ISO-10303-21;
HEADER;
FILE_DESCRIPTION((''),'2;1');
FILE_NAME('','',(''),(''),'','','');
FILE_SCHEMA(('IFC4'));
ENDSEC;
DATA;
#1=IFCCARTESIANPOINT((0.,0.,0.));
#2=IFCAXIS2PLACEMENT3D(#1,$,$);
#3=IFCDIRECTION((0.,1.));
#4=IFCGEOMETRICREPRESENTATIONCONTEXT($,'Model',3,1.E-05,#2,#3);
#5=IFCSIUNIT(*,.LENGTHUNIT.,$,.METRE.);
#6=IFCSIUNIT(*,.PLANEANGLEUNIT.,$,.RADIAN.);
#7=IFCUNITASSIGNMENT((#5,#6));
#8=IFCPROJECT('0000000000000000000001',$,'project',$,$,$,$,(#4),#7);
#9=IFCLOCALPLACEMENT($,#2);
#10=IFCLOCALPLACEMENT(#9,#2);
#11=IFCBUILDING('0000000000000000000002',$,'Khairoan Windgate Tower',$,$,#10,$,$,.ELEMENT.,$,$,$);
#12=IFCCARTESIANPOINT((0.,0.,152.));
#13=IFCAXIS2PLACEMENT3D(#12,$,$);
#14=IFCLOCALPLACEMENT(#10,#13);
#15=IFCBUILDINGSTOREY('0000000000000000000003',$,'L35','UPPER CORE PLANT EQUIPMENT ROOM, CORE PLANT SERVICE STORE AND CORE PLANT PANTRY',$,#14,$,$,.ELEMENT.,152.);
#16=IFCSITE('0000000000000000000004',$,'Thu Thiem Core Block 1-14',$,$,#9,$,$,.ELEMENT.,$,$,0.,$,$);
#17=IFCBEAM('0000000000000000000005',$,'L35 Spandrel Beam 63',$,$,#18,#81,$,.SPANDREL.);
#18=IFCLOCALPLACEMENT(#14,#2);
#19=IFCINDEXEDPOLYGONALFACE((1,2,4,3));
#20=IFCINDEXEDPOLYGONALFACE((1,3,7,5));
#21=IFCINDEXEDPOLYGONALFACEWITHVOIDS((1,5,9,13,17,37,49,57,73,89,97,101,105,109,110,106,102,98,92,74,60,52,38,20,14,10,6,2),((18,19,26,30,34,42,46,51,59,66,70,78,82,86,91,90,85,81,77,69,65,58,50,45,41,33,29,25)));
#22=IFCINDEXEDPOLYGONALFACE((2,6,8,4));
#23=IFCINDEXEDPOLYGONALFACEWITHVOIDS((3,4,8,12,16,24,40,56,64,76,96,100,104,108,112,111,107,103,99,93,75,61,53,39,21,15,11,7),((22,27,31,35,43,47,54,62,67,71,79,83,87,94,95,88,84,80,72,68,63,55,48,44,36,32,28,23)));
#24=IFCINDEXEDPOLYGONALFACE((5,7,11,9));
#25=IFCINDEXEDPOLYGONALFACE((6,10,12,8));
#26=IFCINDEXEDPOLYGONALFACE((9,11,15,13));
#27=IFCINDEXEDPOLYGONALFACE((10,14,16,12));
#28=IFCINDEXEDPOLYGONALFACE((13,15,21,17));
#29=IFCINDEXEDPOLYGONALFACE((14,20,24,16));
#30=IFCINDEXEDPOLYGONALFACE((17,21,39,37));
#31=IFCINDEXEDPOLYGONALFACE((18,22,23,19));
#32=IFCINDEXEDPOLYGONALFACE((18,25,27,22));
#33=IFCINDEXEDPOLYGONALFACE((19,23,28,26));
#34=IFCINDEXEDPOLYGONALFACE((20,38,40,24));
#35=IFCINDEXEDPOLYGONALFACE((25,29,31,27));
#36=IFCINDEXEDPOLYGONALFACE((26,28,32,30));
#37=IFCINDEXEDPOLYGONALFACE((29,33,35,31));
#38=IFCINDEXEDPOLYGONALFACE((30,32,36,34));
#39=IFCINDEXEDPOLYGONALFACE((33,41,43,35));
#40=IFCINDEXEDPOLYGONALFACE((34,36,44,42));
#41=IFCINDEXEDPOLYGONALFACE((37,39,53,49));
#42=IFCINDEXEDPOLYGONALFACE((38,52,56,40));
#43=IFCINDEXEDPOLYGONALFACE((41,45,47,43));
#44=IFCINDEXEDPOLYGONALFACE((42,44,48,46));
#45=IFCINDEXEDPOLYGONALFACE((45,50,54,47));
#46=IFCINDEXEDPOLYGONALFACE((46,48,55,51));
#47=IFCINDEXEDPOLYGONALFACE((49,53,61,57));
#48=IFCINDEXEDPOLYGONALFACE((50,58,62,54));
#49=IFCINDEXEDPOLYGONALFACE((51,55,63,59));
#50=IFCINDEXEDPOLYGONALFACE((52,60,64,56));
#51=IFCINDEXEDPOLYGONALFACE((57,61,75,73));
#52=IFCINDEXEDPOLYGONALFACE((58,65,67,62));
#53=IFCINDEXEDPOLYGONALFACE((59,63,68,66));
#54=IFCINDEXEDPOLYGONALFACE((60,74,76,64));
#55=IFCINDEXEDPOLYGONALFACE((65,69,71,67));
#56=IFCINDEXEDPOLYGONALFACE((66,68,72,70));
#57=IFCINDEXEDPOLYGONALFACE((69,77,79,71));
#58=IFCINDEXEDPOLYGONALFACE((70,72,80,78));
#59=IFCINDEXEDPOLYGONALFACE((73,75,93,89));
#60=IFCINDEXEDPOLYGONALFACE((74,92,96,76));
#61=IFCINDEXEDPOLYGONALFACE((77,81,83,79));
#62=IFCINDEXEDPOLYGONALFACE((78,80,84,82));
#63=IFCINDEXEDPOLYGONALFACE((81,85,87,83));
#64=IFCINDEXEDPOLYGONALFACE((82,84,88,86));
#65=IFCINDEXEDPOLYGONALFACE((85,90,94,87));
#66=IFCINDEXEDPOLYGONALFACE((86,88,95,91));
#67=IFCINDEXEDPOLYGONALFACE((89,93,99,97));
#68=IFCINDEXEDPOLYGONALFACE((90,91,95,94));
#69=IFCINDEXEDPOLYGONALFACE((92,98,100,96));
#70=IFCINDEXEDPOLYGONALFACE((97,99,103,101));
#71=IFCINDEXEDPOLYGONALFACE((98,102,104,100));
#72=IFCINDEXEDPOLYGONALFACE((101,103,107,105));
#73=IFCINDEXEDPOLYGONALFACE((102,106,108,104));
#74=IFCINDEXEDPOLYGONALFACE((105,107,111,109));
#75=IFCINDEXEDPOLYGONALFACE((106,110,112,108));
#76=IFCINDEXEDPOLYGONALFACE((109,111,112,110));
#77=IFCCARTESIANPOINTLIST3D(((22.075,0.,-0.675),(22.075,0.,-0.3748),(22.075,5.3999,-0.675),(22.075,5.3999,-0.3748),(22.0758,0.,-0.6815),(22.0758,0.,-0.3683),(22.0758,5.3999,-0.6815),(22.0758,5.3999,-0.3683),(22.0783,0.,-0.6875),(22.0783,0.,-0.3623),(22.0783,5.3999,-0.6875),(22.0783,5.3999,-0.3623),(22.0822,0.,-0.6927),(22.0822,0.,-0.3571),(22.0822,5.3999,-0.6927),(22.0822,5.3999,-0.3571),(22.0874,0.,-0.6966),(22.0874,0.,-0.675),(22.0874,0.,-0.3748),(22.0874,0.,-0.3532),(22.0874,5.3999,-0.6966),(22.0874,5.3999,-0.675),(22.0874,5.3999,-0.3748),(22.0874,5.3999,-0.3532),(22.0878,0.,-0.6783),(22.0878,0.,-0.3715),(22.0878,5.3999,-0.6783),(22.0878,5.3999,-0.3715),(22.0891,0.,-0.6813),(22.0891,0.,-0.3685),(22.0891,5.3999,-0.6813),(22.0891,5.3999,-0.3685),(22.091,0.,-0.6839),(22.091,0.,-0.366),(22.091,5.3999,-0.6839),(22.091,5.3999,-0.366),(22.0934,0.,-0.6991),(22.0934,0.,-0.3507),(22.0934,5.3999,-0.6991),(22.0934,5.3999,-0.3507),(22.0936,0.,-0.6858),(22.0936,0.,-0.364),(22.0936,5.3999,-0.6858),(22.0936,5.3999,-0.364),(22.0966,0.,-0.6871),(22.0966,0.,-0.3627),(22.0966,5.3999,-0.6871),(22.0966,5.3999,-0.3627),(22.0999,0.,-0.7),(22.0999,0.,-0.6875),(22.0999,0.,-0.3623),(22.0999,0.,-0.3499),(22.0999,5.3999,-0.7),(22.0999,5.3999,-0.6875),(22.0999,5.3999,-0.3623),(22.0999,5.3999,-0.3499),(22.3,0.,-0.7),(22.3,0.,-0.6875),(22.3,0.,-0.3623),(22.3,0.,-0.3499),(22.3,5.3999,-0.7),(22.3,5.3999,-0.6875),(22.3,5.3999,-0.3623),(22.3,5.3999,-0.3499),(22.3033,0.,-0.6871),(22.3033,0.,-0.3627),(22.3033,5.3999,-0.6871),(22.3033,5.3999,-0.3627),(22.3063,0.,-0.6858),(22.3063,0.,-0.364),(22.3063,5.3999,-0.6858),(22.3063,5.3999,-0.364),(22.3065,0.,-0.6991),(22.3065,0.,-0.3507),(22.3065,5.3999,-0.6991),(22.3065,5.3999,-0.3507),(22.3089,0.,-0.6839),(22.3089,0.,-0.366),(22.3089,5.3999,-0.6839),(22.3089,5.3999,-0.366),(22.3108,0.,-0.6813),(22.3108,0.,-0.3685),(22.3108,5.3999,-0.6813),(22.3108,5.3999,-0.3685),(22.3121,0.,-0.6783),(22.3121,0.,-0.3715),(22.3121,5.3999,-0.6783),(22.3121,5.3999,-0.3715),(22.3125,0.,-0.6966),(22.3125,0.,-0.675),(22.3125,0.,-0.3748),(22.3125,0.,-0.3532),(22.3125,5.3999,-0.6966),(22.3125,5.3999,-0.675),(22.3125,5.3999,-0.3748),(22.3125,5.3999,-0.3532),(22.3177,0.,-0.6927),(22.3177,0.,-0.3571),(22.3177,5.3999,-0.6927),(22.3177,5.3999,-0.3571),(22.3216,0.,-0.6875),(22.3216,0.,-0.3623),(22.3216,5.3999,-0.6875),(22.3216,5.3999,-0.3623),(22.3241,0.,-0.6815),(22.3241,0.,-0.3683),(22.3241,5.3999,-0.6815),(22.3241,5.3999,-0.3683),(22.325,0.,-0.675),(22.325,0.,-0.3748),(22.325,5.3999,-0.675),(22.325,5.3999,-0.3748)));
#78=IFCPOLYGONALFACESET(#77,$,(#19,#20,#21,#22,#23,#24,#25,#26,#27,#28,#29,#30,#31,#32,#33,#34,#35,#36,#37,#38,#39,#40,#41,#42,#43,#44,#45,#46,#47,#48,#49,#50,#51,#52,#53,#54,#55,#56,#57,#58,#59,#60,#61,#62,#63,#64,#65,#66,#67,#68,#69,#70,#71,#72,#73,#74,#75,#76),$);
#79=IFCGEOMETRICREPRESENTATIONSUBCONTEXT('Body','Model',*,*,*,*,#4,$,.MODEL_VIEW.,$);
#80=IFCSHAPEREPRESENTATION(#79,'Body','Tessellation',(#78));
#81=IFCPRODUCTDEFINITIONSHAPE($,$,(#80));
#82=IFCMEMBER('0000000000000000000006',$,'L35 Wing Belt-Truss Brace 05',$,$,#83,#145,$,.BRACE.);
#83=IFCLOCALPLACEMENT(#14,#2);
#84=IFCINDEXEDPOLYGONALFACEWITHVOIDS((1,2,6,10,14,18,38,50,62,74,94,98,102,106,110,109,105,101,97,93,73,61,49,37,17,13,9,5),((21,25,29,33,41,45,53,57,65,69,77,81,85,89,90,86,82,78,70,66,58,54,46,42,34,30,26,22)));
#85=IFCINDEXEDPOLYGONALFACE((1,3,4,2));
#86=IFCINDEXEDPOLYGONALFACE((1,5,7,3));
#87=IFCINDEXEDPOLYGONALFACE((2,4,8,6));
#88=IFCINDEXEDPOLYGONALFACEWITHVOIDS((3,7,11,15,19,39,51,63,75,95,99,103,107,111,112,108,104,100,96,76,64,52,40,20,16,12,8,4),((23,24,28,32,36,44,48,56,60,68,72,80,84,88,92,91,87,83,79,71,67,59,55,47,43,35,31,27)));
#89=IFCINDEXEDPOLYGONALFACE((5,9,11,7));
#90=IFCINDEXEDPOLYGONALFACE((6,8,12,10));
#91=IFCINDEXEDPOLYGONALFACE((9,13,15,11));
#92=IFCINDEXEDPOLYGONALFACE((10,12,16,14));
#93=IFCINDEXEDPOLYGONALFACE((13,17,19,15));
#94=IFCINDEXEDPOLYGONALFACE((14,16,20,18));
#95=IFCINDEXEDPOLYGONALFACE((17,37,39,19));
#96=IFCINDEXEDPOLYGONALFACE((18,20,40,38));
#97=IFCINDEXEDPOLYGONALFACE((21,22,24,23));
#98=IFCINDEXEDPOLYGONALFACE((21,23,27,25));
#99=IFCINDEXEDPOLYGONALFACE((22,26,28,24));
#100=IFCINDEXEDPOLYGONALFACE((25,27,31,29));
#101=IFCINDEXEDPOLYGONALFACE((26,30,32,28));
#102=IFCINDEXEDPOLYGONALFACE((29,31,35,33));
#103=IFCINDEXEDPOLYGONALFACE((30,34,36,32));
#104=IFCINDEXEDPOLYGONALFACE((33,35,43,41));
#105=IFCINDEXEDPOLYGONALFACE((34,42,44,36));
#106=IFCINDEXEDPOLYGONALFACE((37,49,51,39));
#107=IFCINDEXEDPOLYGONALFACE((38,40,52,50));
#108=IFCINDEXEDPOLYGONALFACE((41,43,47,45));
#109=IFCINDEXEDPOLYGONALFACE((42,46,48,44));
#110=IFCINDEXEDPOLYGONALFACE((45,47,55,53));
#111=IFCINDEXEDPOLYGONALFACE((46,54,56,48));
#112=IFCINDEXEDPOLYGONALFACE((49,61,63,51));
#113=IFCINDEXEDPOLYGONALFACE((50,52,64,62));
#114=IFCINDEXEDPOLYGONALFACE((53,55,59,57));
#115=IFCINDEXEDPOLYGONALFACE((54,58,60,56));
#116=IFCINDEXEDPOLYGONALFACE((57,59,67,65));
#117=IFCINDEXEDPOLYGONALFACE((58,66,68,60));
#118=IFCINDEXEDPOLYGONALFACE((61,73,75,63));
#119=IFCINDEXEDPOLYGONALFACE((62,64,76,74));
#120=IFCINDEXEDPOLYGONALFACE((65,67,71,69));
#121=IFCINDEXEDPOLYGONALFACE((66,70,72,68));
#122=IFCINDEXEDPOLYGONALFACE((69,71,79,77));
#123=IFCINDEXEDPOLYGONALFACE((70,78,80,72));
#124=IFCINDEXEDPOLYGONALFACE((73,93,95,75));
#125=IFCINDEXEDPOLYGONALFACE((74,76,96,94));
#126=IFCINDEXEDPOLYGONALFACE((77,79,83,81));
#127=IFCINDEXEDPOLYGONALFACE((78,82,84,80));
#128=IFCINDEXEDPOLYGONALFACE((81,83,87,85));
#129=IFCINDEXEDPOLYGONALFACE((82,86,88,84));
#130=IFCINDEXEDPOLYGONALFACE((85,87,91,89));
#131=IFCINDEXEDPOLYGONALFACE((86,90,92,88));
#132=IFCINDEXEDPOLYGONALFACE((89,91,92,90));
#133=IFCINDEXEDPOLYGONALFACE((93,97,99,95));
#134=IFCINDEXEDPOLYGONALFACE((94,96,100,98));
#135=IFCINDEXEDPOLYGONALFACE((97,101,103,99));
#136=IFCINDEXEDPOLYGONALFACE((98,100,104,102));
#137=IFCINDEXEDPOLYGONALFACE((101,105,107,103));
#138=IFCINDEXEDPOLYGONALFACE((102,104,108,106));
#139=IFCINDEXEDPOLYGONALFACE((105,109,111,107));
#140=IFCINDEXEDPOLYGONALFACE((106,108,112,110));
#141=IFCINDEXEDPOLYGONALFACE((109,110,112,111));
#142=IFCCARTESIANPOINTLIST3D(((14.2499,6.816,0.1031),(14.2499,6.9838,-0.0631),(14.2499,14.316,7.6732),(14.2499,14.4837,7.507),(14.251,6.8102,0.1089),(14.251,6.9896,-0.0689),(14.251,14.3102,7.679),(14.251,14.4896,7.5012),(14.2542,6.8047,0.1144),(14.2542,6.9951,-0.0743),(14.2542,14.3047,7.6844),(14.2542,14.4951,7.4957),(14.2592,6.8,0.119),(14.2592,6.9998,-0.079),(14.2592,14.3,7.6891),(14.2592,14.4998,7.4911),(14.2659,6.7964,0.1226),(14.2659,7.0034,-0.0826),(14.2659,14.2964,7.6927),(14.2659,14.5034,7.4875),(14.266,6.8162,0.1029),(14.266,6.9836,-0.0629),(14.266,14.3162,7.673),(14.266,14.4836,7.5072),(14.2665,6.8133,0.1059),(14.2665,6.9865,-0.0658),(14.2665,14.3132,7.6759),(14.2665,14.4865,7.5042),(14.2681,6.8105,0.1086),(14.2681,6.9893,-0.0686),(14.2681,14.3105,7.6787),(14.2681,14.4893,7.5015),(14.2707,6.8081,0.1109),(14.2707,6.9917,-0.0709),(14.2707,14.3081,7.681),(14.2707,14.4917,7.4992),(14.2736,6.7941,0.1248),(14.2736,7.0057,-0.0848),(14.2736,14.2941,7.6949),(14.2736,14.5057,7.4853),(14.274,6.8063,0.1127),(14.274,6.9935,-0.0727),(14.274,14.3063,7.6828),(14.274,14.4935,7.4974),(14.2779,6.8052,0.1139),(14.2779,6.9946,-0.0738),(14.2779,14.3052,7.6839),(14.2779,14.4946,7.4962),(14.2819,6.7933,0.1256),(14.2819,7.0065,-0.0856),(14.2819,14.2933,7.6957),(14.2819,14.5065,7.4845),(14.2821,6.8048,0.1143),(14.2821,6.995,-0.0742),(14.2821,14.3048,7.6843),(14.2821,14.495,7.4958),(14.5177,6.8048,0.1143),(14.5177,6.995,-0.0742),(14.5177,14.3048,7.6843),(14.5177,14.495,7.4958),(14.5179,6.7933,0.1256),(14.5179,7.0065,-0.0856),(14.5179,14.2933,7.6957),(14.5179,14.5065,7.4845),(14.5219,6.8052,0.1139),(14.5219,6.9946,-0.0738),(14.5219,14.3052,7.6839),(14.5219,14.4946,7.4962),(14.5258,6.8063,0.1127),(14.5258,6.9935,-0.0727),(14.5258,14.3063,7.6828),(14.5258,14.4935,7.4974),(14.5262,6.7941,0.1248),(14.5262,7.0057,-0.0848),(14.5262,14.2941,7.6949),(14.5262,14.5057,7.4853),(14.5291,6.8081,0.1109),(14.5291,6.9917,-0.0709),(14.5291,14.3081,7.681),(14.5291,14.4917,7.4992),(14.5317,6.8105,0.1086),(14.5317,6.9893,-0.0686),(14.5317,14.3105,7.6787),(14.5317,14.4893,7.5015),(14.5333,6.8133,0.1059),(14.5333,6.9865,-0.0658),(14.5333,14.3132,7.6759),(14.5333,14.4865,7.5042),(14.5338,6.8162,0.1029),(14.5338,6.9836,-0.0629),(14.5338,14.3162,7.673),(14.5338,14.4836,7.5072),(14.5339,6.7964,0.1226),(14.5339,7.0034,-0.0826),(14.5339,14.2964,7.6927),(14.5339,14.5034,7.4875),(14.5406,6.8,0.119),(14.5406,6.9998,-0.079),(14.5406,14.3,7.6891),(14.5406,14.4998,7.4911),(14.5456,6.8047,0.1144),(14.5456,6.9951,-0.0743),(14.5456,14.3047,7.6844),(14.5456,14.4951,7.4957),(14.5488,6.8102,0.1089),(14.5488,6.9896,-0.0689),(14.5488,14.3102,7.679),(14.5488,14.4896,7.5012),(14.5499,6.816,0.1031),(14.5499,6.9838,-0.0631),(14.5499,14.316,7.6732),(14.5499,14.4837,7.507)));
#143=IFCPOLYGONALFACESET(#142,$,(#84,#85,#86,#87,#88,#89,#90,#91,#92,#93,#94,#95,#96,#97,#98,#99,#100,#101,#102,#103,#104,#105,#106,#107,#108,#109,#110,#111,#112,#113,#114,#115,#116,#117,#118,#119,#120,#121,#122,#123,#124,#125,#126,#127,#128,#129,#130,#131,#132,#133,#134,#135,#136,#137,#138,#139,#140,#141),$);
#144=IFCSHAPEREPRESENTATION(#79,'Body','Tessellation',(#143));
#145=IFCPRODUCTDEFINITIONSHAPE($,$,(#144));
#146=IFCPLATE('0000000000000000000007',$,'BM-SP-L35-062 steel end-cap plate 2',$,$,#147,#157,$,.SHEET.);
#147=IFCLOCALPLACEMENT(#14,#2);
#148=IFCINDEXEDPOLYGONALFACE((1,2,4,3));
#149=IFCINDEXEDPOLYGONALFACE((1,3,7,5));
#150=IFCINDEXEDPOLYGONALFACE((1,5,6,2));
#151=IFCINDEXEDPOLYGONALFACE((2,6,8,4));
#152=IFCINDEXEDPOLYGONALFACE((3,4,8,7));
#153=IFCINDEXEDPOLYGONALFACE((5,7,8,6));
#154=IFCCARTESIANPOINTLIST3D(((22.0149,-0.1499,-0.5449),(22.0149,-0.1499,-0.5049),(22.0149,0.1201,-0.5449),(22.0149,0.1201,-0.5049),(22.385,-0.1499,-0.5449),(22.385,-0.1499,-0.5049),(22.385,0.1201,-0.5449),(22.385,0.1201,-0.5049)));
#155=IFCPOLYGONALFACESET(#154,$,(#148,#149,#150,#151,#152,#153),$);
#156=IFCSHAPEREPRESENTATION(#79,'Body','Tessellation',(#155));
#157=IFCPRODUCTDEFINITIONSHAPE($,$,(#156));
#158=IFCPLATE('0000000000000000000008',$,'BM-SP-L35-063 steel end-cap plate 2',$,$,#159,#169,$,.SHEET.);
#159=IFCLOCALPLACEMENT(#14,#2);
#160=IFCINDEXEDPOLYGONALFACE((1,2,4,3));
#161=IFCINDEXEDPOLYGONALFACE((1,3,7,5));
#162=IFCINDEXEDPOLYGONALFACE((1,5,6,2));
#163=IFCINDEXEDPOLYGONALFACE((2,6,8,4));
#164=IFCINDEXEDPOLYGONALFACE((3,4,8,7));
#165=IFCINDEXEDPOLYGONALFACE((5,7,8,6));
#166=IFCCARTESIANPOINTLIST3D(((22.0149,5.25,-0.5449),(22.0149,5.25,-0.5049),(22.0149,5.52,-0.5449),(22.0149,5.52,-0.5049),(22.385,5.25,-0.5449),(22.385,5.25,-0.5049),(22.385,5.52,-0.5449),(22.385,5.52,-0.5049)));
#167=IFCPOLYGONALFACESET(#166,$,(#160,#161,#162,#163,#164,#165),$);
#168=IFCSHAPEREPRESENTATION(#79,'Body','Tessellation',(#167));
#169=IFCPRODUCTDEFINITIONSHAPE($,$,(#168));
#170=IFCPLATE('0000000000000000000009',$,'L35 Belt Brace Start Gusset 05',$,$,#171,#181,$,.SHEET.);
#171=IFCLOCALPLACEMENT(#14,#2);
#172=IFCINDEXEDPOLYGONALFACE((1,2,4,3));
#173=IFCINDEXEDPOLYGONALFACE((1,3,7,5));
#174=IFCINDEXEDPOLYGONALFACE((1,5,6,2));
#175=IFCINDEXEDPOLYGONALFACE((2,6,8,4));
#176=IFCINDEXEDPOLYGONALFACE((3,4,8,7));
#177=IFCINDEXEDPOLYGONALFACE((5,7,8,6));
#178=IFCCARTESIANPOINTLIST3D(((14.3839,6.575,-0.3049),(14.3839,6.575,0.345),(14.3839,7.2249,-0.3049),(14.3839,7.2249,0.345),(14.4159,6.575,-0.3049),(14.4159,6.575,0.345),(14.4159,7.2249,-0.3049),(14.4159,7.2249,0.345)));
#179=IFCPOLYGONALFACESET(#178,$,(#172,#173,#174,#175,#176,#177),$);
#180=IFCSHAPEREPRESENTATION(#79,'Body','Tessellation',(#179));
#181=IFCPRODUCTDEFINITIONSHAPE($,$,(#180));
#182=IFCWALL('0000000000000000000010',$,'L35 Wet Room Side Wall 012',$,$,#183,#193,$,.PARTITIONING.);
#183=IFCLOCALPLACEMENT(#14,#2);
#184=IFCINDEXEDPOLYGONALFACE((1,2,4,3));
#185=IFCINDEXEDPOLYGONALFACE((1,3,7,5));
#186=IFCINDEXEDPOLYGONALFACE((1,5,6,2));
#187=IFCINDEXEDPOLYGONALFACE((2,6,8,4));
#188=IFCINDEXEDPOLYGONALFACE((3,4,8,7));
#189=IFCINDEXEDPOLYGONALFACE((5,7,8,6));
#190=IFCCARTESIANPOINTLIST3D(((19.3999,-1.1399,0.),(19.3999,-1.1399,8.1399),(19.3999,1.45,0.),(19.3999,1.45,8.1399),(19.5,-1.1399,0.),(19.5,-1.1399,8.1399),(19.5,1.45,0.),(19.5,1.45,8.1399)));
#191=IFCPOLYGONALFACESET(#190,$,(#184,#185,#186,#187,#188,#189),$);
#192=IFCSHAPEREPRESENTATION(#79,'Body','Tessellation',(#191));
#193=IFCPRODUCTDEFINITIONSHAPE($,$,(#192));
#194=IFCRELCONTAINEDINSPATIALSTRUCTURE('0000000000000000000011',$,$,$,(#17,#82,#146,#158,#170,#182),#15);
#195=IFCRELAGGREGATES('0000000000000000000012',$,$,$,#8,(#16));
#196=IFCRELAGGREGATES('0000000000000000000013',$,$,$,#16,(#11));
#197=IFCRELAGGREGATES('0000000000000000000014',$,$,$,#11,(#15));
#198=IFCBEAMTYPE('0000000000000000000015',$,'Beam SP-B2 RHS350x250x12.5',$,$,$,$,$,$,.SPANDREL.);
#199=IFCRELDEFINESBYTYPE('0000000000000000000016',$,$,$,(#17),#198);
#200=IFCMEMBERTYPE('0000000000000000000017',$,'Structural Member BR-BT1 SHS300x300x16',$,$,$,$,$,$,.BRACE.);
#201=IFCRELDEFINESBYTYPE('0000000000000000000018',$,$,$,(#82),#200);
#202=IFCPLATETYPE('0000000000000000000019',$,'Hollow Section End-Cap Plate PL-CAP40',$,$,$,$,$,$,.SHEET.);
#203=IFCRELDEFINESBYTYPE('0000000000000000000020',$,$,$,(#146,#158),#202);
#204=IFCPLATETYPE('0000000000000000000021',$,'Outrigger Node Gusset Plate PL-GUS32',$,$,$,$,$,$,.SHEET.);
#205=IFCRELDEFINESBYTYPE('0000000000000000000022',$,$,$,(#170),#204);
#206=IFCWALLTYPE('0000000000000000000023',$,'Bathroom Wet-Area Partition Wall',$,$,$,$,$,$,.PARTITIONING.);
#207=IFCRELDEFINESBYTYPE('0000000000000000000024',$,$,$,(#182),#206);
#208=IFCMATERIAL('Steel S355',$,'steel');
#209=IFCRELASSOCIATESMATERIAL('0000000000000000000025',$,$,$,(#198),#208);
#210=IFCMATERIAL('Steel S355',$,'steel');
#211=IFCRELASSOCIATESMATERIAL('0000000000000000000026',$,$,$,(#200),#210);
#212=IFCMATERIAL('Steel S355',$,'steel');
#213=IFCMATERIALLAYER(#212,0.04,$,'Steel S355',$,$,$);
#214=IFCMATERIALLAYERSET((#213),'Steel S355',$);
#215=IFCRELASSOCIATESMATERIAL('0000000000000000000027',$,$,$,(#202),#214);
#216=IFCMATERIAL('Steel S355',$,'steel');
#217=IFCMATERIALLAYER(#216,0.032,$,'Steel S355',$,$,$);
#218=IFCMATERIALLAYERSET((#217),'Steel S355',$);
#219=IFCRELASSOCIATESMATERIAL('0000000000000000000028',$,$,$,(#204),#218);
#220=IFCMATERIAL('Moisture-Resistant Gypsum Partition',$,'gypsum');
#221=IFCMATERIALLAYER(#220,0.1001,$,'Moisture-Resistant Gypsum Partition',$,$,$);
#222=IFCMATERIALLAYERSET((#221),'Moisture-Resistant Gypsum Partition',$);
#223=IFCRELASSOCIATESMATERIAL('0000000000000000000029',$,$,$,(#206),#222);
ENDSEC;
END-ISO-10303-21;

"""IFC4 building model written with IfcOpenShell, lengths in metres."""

from ifc_helpers import new_model, si_unit, direction, frame, frame_2d, origin, origin_2d, place, context, subcontext, project, spatial, rectangle, hollow_rectangle, extrude, material, layer, layer_set, material_profile, profile_set, type_object, element, save


model = new_model("IFC4")

# Units and contexts
model_context = context("Model", 3, precision=1e-05, world=origin(), true_north=direction((0.0, 1.0)))
body_context = subcontext(model_context, "Body", "Model", "MODEL_VIEW")
ifc_project = project(units=[si_unit("LENGTHUNIT", "METRE"), si_unit("PLANEANGLEUNIT", "RADIAN")], contexts=[model_context])

# Site, building, storey
site_placement = place(None, origin())
site = spatial("IfcSite", under=ifc_project, at=site_placement, Name="Thu Thiem Core Block 1-14", CompositionType="ELEMENT", RefElevation=0.0)
building_placement = place(site_placement, origin())
building = spatial("IfcBuilding", under=site, at=building_placement, Name="Khairoan Windgate Tower", CompositionType="ELEMENT")
storey_placement = place(building_placement, frame((0.0, 0.0, 152.0)))
storey = spatial("IfcBuildingStorey", under=building, at=storey_placement, Name="L35", Description="UPPER CORE PLANT EQUIPMENT ROOM, CORE PLANT SERVICE STORE AND CORE PLANT PANTRY", CompositionType="ELEMENT", Elevation=152.0)

# Beam
ifc_material_1 = material(Name="Steel S355", Category="steel")
ifc_material_profile_1 = material_profile(ifc_material_1, hollow_rectangle(XDim=0.25, YDim=0.3501, WallThickness=0.0125, InnerFilletRadius=0.0125, OuterFilletRadius=0.0249, at=origin_2d()))
ifc_profile_set_1 = profile_set([ifc_material_profile_1], Name="Steel S355")
beam_type_1 = type_object("IfcBeamType", Name="Beam SP-B2 RHS350x250x12.5", PredefinedType="SPANDREL", material=ifc_profile_set_1)
beam_1_placement = place(storey_placement, frame((22.2, 0.0, -0.5249), z_axis=(0.0, 1.0, 0.0), x_axis=(-1.0, 0.0, 0.0)))
element("IfcBeam", 1, at=beam_1_placement, inside=storey, type_object=beam_type_1, Name="L35 Spandrel Beam 63", PredefinedType="SPANDREL", context=body_context, shape_type="SweptSolid", body=[
    extrude(hollow_rectangle(XDim=0.25, YDim=0.3501, WallThickness=0.0125, InnerFilletRadius=0.0125, OuterFilletRadius=0.0249, at=origin_2d()), origin(), (0.0, 0.0, 1.0), 5.3999),
])

# Member
ifc_material_2 = material(Name="Steel S355", Category="steel")
ifc_material_profile_2 = material_profile(ifc_material_2, hollow_rectangle(XDim=0.3, YDim=0.3, WallThickness=0.0161, InnerFilletRadius=0.0161, OuterFilletRadius=0.032, at=origin_2d()))
ifc_profile_set_2 = profile_set([ifc_material_profile_2], Name="Steel S355")
member_type = type_object("IfcMemberType", Name="Structural Member BR-BT1 SHS300x300x16", PredefinedType="BRACE", material=ifc_profile_set_2)
member_placement = place(storey_placement, frame((14.3999, 6.8999, 0.02), z_axis=(0.0, 0.703811, 0.710387), x_axis=(0.0, -0.710387, 0.703811)))
element("IfcMember", 2, at=member_placement, inside=storey, type_object=member_type, Name="L35 Wing Belt-Truss Brace 05", PredefinedType="BRACE", context=body_context, shape_type="SweptSolid", body=[
    extrude(hollow_rectangle(XDim=0.3, YDim=0.3, WallThickness=0.0161, InnerFilletRadius=0.0161, OuterFilletRadius=0.032, at=origin_2d()), origin(), (0.0, 0.0, 1.0), 10.6562),
])

# Plates
ifc_material_3 = material(Name="Steel S355", Category="steel")
ifc_layer_1 = layer(ifc_material_3, 0.04, Name="Steel S355")
ifc_layer_set_1 = layer_set([ifc_layer_1], Name="Steel S355")
plate_type_1 = type_object("IfcPlateType", Name="Hollow Section End-Cap Plate PL-CAP40", PredefinedType="SHEET", material=ifc_layer_set_1)
for number, where, z_axis, x_axis, name in (
    (3, (22.2, -0.0149, -0.5449), (0.0, 0.0, 1.0), (0.0, 1.0, 0.0), "BM-SP-L35-062 steel end-cap plate 2"),
    (4, (22.2, 5.385, -0.5449), (0.0, 0.0, 1.0), (0.0, 1.0, 0.0), "BM-SP-L35-063 steel end-cap plate 2"),
):
    element("IfcPlate", number, at=place(storey_placement, frame(where, z_axis=z_axis, x_axis=x_axis)), inside=storey, type_object=plate_type_1, Name=name, PredefinedType="SHEET", context=body_context, shape_type="SweptSolid", body=[
        extrude(rectangle(XDim=0.27, YDim=0.3701, at=origin_2d()), origin(), (0.0, 0.0, 1.0), 0.04),
    ])
ifc_material_4 = material(Name="Steel S355", Category="steel")
ifc_layer_2 = layer(ifc_material_4, 0.032, Name="Steel S355")
ifc_layer_set_2 = layer_set([ifc_layer_2], Name="Steel S355")
plate_type_2 = type_object("IfcPlateType", Name="Outrigger Node Gusset Plate PL-GUS32", PredefinedType="SHEET", material=ifc_layer_set_2)
plate_placement = place(storey_placement, frame((14.3999, 6.8999, -0.3049), z_axis=(0.0, 0.0, 1.0), x_axis=(1.0, 0.0, 0.0)))
element("IfcPlate", 5, at=plate_placement, inside=storey, type_object=plate_type_2, Name="L35 Belt Brace Start Gusset 05", PredefinedType="SHEET", context=body_context, shape_type="SweptSolid", body=[
    extrude(rectangle(XDim=0.032, YDim=0.6499, at=origin_2d()), origin(), (0.0, 0.0, 1.0), 0.6499),
])

# Wall
ifc_material_5 = material(Name="Moisture-Resistant Gypsum Partition", Category="gypsum")
ifc_layer_3 = layer(ifc_material_5, 0.1001, Name="Moisture-Resistant Gypsum Partition")
ifc_layer_set_3 = layer_set([ifc_layer_3], Name="Moisture-Resistant Gypsum Partition")
wall_type_1 = type_object("IfcWallType", Name="Bathroom Wet-Area Partition Wall", PredefinedType="PARTITIONING", material=ifc_layer_set_3)
wall_1_placement = place(storey_placement, frame((19.45, 1.45, 0.0), z_axis=(0.0, 0.0, 1.0), x_axis=(0.0, -1.0, 0.0)))
element("IfcWall", 6, at=wall_1_placement, inside=storey, type_object=wall_type_1, Name="L35 Wet Room Side Wall 012", PredefinedType="PARTITIONING", context=body_context, shape_type="SweptSolid", body=[
    extrude(rectangle(XDim=2.5898, YDim=0.1001, at=frame_2d((1.2949, 0.0))), origin(), (0.0, 0.0, 1.0), 8.1399),
])

save(model, "model.ifc")
